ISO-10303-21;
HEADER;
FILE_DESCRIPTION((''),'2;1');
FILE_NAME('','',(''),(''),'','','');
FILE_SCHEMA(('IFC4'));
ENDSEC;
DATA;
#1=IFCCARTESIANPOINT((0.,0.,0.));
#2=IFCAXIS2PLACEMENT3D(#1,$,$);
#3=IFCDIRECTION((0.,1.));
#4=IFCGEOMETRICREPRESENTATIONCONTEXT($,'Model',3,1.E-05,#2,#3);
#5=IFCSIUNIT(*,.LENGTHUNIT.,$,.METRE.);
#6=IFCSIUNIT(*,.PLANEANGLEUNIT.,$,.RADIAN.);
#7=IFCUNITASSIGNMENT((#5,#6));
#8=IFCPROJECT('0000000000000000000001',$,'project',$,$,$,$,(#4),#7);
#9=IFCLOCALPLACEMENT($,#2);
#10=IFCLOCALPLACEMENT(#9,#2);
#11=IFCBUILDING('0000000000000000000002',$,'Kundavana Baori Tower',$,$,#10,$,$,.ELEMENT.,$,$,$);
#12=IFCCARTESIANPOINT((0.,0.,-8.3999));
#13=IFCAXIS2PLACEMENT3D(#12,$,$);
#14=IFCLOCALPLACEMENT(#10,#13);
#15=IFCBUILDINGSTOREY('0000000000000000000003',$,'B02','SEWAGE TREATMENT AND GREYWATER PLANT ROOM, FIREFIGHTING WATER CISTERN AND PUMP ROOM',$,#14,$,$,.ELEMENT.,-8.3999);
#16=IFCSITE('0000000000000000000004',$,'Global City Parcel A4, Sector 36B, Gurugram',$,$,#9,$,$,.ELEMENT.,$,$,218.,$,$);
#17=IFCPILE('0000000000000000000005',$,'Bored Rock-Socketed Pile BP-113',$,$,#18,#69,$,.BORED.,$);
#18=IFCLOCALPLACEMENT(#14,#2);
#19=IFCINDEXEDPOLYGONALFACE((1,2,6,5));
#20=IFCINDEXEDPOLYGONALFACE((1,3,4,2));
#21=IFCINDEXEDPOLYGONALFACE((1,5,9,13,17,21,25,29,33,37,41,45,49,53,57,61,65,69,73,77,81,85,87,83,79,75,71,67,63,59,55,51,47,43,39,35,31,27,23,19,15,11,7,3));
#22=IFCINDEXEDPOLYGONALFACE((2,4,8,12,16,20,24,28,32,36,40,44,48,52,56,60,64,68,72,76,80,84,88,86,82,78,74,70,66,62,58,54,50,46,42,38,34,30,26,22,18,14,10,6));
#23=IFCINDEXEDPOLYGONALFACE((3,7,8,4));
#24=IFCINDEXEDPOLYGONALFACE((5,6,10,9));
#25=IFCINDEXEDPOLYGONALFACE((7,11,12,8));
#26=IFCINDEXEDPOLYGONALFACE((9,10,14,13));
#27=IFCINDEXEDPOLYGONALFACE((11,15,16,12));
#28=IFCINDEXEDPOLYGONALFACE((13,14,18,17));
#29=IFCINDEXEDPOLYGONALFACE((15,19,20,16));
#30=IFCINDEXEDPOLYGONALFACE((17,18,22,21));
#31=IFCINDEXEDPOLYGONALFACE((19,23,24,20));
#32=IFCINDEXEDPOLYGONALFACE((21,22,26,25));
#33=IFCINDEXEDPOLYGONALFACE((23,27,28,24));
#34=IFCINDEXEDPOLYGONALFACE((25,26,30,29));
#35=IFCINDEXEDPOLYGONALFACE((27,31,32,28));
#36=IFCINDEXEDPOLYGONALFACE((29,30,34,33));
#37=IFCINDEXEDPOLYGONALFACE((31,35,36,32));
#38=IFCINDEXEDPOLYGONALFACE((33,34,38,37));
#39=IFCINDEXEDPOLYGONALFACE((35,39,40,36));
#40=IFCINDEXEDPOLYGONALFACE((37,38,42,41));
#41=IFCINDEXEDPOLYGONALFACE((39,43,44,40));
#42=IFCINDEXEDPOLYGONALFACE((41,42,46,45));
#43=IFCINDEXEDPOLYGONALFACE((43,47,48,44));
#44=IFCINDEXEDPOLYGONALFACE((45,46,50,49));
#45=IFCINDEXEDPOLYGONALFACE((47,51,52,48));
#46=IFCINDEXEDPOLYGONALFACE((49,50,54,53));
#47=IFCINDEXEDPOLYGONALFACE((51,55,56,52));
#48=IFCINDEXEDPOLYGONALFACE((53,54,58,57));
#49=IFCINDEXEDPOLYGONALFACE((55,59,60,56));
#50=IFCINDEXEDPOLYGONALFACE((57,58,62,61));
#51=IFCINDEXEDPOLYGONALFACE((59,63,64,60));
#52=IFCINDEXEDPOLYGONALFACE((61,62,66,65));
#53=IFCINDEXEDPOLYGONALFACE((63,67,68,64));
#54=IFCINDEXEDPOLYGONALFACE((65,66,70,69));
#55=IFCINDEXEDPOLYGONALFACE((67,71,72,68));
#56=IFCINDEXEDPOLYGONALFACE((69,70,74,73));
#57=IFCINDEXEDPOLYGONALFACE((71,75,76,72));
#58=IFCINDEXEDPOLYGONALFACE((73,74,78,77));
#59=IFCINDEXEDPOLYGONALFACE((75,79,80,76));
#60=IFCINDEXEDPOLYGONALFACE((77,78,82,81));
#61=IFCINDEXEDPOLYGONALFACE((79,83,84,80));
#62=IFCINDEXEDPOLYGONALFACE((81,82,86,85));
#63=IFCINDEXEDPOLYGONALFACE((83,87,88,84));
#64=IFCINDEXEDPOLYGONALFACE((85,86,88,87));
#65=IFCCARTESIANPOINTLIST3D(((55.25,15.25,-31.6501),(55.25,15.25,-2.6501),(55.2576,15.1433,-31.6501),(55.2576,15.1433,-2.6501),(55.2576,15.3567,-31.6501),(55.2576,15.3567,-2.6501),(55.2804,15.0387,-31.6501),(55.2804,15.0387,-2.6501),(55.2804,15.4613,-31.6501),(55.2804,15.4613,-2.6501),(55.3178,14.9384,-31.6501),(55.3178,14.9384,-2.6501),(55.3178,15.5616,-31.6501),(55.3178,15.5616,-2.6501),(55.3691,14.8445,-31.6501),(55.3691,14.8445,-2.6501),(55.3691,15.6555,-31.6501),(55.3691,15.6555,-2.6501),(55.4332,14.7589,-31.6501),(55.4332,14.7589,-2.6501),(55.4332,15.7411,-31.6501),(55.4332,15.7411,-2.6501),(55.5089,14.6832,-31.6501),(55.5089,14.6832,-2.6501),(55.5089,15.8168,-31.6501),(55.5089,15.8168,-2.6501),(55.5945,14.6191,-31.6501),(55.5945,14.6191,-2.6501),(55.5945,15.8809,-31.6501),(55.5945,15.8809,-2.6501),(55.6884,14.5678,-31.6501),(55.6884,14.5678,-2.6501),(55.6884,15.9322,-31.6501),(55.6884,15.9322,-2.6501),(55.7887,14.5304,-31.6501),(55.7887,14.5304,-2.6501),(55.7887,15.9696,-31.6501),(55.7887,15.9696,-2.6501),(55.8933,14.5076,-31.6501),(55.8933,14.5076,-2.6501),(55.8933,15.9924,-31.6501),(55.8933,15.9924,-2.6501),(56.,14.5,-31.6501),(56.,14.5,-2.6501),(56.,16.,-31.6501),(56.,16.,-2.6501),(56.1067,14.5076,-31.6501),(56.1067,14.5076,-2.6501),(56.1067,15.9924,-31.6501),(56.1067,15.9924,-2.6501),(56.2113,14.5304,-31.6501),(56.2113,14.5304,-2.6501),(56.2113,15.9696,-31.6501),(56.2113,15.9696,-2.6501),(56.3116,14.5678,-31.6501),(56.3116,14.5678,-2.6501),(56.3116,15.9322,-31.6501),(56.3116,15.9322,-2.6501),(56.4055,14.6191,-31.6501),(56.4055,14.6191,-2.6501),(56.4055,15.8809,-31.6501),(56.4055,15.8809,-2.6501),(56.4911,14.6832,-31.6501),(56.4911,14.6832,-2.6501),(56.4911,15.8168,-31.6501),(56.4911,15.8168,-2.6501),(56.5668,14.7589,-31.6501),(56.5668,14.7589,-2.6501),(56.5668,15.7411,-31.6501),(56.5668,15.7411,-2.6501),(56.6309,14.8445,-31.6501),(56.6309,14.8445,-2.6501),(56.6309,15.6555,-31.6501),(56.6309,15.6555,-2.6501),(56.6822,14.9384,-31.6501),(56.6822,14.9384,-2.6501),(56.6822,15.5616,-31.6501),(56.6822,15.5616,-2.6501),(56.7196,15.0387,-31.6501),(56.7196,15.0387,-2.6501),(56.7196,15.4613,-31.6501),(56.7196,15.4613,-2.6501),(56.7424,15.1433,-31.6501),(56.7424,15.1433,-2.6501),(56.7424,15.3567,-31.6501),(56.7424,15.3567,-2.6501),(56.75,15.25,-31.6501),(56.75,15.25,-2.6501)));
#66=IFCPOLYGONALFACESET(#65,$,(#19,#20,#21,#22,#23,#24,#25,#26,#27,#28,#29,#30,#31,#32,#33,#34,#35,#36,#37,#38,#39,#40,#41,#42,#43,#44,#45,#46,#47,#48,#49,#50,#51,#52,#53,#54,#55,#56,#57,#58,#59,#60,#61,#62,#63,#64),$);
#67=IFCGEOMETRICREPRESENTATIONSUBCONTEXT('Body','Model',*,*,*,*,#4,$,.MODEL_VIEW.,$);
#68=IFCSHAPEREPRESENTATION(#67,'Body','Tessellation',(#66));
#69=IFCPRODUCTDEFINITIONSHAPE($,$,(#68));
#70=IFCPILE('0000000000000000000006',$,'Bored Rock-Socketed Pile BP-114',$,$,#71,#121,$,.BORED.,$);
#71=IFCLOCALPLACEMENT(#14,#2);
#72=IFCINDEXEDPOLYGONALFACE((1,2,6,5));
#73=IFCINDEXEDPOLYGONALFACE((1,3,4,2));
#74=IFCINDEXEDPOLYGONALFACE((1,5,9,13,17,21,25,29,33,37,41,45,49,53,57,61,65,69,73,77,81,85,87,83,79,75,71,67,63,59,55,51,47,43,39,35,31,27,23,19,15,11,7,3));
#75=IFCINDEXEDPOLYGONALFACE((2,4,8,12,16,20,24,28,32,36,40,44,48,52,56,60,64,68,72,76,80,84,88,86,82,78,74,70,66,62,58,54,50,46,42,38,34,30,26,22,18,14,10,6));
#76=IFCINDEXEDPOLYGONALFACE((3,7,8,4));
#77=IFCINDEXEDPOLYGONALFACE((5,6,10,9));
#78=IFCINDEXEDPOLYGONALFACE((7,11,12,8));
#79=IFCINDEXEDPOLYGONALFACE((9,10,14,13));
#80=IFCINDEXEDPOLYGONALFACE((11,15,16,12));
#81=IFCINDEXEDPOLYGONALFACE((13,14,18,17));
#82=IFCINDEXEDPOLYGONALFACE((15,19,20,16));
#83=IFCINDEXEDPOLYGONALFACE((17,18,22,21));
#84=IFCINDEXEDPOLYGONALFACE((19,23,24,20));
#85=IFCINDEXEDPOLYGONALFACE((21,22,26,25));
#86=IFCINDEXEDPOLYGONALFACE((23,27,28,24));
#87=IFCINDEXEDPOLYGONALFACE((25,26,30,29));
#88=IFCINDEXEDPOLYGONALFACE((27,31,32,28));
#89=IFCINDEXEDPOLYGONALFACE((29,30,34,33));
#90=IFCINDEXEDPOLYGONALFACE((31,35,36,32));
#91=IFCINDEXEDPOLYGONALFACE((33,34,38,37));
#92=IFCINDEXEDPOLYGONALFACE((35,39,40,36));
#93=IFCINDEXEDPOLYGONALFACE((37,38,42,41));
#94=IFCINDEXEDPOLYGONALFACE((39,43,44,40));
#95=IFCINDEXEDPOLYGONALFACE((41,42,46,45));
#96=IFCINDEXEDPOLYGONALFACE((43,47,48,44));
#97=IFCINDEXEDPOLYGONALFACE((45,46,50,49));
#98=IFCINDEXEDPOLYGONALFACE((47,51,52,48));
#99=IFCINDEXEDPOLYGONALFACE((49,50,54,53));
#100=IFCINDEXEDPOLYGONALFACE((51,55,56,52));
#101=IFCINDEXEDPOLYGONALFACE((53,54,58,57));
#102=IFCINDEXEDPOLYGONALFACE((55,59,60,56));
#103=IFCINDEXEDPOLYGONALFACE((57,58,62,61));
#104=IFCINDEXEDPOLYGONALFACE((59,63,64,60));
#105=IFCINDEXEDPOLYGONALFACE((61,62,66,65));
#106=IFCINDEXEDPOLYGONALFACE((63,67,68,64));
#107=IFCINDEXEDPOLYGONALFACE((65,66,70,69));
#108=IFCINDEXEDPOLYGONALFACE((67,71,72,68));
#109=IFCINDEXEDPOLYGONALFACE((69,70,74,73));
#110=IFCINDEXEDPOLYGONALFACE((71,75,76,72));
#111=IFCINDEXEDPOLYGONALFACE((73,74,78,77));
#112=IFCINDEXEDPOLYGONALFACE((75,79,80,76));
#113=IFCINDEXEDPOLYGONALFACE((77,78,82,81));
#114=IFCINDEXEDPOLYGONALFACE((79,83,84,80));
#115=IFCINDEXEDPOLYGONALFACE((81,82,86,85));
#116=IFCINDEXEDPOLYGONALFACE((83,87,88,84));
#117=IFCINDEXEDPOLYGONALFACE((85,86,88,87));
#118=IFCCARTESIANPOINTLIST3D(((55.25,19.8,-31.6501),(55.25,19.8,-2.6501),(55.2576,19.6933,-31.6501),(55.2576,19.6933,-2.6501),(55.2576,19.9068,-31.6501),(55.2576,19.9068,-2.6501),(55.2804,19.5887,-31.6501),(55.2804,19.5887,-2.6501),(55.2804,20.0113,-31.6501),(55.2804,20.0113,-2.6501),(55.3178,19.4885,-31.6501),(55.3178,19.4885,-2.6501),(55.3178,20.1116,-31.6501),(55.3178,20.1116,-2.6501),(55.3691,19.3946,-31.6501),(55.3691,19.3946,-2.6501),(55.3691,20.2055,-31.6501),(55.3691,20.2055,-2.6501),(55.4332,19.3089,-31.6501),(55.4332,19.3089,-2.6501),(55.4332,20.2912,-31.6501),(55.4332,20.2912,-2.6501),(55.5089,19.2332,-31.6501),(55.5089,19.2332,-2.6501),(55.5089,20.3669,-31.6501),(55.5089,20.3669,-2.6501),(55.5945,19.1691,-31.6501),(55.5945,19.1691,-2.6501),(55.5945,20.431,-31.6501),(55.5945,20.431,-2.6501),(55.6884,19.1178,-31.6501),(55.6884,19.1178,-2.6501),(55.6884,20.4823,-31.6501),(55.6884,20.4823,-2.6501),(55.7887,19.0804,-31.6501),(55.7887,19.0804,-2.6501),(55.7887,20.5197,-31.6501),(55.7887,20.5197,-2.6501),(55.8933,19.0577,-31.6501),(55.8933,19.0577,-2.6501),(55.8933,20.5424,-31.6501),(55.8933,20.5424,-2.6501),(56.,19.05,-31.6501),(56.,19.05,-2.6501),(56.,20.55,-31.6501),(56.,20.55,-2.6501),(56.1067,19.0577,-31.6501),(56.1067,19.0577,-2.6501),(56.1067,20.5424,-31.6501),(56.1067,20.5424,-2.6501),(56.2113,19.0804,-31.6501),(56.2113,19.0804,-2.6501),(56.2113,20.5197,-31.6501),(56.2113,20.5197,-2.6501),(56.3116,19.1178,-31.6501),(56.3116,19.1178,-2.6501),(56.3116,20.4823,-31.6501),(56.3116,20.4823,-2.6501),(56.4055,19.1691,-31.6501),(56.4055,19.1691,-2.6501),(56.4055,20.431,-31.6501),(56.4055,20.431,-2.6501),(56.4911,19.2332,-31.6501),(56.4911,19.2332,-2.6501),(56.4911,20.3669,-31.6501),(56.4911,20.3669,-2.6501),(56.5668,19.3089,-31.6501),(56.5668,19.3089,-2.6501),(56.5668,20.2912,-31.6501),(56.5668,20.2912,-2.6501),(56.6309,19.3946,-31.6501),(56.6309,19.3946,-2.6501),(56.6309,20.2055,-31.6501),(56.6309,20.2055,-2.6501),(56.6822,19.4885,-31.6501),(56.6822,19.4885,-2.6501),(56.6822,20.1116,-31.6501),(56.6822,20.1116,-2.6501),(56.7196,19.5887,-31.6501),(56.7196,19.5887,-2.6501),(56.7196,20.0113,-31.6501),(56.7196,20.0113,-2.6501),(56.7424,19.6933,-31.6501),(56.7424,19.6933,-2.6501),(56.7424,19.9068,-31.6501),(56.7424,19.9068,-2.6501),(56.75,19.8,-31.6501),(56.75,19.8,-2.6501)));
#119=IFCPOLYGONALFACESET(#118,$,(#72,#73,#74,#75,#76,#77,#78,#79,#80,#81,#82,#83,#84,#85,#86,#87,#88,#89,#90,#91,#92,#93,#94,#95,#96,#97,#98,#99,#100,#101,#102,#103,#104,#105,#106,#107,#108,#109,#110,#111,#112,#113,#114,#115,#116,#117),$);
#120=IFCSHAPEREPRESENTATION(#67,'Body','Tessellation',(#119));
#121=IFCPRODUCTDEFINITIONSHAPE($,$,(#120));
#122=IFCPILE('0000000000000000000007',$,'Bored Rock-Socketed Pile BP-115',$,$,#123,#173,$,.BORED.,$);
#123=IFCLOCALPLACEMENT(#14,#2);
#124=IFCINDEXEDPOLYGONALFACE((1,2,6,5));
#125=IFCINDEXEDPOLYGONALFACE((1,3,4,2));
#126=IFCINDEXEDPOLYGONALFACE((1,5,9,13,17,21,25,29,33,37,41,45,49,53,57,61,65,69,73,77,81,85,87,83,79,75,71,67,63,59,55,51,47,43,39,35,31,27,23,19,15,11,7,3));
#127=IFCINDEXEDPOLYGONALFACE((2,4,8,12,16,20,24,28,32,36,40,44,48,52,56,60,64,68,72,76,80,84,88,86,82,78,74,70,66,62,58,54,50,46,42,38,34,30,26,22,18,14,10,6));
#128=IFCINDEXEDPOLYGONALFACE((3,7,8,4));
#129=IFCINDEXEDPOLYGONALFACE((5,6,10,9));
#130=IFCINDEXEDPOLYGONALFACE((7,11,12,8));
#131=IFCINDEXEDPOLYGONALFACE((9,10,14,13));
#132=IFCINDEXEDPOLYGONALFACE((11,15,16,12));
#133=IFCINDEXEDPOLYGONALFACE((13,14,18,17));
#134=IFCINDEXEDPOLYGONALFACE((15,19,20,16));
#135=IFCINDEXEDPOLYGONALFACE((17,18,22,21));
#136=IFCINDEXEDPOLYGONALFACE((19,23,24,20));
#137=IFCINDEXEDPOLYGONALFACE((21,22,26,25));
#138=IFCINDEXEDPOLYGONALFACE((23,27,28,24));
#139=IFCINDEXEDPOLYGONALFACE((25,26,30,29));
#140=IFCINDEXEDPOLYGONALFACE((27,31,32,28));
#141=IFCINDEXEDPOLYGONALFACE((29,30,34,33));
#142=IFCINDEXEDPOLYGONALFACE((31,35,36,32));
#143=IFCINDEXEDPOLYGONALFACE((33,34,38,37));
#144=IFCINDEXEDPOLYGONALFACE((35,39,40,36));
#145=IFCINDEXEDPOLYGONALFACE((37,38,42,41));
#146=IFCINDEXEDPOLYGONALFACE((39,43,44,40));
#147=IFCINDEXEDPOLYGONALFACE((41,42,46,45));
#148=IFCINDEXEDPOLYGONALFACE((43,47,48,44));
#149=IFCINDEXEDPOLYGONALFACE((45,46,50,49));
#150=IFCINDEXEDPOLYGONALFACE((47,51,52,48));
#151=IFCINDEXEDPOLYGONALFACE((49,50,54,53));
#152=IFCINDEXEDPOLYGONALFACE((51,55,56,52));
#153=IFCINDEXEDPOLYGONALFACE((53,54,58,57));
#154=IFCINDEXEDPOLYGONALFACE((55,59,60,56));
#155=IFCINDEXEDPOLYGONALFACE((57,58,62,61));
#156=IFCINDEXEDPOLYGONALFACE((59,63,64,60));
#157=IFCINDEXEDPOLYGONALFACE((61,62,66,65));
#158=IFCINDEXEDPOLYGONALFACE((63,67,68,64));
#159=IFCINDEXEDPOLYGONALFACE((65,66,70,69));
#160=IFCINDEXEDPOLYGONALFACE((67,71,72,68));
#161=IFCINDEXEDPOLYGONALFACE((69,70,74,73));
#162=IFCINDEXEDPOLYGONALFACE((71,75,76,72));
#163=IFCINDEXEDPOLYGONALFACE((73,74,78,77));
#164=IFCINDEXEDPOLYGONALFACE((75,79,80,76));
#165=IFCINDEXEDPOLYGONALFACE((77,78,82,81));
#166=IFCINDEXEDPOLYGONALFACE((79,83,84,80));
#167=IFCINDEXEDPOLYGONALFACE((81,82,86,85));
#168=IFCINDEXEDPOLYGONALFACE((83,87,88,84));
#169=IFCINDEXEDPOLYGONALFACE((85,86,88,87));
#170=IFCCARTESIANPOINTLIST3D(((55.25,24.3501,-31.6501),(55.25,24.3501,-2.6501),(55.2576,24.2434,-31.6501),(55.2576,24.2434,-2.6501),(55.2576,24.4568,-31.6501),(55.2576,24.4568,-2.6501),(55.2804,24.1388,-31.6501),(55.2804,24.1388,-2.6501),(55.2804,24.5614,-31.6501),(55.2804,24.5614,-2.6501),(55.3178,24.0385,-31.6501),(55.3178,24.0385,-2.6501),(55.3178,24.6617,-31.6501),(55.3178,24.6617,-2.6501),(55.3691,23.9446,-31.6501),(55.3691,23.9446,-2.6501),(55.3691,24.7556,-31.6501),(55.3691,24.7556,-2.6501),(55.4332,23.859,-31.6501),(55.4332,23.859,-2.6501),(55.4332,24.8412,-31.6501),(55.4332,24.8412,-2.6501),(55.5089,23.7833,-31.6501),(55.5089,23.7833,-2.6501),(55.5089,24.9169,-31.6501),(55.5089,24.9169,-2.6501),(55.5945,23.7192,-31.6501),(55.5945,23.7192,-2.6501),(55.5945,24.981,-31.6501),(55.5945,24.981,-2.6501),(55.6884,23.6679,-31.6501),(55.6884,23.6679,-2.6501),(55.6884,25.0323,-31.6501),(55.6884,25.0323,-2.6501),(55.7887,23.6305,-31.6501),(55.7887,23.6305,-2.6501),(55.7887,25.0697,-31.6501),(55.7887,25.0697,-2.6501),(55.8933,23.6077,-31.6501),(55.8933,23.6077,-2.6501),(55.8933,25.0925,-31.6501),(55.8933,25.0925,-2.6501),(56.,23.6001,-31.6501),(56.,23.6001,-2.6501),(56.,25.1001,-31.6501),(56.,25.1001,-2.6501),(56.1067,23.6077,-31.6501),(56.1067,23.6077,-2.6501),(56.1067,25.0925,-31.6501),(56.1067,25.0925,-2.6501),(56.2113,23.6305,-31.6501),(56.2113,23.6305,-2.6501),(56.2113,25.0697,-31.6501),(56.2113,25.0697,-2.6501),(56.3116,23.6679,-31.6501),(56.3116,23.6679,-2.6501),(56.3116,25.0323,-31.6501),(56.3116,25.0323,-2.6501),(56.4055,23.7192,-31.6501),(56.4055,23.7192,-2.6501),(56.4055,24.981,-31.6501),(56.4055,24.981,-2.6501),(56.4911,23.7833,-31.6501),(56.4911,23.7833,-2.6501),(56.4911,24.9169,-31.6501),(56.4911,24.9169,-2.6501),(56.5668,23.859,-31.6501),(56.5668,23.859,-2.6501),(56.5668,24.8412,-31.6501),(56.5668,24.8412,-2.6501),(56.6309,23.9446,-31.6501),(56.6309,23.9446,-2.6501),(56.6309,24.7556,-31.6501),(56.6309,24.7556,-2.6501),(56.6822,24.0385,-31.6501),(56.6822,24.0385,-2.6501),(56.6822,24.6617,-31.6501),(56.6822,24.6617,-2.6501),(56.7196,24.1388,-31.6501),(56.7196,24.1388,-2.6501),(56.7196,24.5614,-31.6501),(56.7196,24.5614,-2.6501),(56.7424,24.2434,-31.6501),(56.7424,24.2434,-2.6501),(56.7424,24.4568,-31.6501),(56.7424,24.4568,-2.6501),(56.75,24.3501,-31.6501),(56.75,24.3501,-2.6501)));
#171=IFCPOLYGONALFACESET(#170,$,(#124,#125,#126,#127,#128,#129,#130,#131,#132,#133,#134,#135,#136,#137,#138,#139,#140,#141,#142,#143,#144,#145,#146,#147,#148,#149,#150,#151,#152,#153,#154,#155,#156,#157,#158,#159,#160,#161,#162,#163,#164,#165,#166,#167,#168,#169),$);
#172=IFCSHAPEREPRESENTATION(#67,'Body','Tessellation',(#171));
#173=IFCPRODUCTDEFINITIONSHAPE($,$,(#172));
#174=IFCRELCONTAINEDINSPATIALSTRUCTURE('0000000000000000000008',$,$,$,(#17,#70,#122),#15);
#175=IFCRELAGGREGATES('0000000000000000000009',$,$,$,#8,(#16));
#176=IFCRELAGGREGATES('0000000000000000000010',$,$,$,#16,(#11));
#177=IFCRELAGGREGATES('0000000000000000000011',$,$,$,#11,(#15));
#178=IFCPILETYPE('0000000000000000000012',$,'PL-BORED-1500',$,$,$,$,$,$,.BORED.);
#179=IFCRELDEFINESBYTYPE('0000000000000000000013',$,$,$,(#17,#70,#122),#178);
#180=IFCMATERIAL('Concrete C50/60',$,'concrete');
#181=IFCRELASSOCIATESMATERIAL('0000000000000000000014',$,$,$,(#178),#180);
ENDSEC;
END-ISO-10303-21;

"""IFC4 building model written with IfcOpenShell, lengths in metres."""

from ifc_helpers import new_model, si_unit, direction, frame, origin, origin_2d, place, context, subcontext, project, spatial, circle, extrude, material, material_profile, profile_set, type_object, element, save


model = new_model("IFC4")

# Units and contexts
model_context = context("Model", 3, precision=1e-05, world=origin(), true_north=direction((0.0, 1.0)))
body_context = subcontext(model_context, "Body", "Model", "MODEL_VIEW")
ifc_project = project(units=[si_unit("LENGTHUNIT", "METRE"), si_unit("PLANEANGLEUNIT", "RADIAN")], contexts=[model_context])

# Site, building, storey
site_placement = place(None, origin())
site = spatial("IfcSite", under=ifc_project, at=site_placement, Name="Global City Parcel A4, Sector 36B, Gurugram", CompositionType="ELEMENT", RefElevation=218.0)
building_placement = place(site_placement, origin())
building = spatial("IfcBuilding", under=site, at=building_placement, Name="Kundavana Baori Tower", CompositionType="ELEMENT")
storey_placement = place(building_placement, frame((0.0, 0.0, -8.3999)))
storey = spatial("IfcBuildingStorey", under=building, at=storey_placement, Name="B02", Description="SEWAGE TREATMENT AND GREYWATER PLANT ROOM, FIREFIGHTING WATER CISTERN AND PUMP ROOM", CompositionType="ELEMENT", Elevation=-8.3999)

# Piles
ifc_material_1 = material(Name="Concrete C50/60", Category="concrete")
ifc_material_profile_1 = material_profile(ifc_material_1, circle(Radius=0.75, at=origin_2d()), Name="BORED PILE D1500")
ifc_profile_set_1 = profile_set([ifc_material_profile_1], Name="Concrete C50/60")
pile_type_1 = type_object("IfcPileType", Name="PL-BORED-1500", PredefinedType="BORED", material=ifc_profile_set_1)
for number, where, z_axis, x_axis, name in (
    (1, (56.0, 15.25, -2.6501), (0.0, 0.0, -1.0), (1.0, 0.0, 0.0), "Bored Rock-Socketed Pile BP-113"),
    (2, (56.0, 19.8, -2.6501), (0.0, 0.0, -1.0), (1.0, 0.0, 0.0), "Bored Rock-Socketed Pile BP-114"),
    (3, (56.0, 24.3501, -2.6501), (0.0, 0.0, -1.0), (1.0, 0.0, 0.0), "Bored Rock-Socketed Pile BP-115"),
):
    element("IfcPile", number, at=place(storey_placement, frame(where, z_axis=z_axis, x_axis=x_axis)), inside=storey, type_object=pile_type_1, Name=name, PredefinedType="BORED", context=body_context, shape_type="SweptSolid", body=[
        extrude(circle(Radius=0.75, at=origin_2d()), origin(), (0.0, 0.0, 1.0), 29.0),
    ])

save(model, "model.ifc")
